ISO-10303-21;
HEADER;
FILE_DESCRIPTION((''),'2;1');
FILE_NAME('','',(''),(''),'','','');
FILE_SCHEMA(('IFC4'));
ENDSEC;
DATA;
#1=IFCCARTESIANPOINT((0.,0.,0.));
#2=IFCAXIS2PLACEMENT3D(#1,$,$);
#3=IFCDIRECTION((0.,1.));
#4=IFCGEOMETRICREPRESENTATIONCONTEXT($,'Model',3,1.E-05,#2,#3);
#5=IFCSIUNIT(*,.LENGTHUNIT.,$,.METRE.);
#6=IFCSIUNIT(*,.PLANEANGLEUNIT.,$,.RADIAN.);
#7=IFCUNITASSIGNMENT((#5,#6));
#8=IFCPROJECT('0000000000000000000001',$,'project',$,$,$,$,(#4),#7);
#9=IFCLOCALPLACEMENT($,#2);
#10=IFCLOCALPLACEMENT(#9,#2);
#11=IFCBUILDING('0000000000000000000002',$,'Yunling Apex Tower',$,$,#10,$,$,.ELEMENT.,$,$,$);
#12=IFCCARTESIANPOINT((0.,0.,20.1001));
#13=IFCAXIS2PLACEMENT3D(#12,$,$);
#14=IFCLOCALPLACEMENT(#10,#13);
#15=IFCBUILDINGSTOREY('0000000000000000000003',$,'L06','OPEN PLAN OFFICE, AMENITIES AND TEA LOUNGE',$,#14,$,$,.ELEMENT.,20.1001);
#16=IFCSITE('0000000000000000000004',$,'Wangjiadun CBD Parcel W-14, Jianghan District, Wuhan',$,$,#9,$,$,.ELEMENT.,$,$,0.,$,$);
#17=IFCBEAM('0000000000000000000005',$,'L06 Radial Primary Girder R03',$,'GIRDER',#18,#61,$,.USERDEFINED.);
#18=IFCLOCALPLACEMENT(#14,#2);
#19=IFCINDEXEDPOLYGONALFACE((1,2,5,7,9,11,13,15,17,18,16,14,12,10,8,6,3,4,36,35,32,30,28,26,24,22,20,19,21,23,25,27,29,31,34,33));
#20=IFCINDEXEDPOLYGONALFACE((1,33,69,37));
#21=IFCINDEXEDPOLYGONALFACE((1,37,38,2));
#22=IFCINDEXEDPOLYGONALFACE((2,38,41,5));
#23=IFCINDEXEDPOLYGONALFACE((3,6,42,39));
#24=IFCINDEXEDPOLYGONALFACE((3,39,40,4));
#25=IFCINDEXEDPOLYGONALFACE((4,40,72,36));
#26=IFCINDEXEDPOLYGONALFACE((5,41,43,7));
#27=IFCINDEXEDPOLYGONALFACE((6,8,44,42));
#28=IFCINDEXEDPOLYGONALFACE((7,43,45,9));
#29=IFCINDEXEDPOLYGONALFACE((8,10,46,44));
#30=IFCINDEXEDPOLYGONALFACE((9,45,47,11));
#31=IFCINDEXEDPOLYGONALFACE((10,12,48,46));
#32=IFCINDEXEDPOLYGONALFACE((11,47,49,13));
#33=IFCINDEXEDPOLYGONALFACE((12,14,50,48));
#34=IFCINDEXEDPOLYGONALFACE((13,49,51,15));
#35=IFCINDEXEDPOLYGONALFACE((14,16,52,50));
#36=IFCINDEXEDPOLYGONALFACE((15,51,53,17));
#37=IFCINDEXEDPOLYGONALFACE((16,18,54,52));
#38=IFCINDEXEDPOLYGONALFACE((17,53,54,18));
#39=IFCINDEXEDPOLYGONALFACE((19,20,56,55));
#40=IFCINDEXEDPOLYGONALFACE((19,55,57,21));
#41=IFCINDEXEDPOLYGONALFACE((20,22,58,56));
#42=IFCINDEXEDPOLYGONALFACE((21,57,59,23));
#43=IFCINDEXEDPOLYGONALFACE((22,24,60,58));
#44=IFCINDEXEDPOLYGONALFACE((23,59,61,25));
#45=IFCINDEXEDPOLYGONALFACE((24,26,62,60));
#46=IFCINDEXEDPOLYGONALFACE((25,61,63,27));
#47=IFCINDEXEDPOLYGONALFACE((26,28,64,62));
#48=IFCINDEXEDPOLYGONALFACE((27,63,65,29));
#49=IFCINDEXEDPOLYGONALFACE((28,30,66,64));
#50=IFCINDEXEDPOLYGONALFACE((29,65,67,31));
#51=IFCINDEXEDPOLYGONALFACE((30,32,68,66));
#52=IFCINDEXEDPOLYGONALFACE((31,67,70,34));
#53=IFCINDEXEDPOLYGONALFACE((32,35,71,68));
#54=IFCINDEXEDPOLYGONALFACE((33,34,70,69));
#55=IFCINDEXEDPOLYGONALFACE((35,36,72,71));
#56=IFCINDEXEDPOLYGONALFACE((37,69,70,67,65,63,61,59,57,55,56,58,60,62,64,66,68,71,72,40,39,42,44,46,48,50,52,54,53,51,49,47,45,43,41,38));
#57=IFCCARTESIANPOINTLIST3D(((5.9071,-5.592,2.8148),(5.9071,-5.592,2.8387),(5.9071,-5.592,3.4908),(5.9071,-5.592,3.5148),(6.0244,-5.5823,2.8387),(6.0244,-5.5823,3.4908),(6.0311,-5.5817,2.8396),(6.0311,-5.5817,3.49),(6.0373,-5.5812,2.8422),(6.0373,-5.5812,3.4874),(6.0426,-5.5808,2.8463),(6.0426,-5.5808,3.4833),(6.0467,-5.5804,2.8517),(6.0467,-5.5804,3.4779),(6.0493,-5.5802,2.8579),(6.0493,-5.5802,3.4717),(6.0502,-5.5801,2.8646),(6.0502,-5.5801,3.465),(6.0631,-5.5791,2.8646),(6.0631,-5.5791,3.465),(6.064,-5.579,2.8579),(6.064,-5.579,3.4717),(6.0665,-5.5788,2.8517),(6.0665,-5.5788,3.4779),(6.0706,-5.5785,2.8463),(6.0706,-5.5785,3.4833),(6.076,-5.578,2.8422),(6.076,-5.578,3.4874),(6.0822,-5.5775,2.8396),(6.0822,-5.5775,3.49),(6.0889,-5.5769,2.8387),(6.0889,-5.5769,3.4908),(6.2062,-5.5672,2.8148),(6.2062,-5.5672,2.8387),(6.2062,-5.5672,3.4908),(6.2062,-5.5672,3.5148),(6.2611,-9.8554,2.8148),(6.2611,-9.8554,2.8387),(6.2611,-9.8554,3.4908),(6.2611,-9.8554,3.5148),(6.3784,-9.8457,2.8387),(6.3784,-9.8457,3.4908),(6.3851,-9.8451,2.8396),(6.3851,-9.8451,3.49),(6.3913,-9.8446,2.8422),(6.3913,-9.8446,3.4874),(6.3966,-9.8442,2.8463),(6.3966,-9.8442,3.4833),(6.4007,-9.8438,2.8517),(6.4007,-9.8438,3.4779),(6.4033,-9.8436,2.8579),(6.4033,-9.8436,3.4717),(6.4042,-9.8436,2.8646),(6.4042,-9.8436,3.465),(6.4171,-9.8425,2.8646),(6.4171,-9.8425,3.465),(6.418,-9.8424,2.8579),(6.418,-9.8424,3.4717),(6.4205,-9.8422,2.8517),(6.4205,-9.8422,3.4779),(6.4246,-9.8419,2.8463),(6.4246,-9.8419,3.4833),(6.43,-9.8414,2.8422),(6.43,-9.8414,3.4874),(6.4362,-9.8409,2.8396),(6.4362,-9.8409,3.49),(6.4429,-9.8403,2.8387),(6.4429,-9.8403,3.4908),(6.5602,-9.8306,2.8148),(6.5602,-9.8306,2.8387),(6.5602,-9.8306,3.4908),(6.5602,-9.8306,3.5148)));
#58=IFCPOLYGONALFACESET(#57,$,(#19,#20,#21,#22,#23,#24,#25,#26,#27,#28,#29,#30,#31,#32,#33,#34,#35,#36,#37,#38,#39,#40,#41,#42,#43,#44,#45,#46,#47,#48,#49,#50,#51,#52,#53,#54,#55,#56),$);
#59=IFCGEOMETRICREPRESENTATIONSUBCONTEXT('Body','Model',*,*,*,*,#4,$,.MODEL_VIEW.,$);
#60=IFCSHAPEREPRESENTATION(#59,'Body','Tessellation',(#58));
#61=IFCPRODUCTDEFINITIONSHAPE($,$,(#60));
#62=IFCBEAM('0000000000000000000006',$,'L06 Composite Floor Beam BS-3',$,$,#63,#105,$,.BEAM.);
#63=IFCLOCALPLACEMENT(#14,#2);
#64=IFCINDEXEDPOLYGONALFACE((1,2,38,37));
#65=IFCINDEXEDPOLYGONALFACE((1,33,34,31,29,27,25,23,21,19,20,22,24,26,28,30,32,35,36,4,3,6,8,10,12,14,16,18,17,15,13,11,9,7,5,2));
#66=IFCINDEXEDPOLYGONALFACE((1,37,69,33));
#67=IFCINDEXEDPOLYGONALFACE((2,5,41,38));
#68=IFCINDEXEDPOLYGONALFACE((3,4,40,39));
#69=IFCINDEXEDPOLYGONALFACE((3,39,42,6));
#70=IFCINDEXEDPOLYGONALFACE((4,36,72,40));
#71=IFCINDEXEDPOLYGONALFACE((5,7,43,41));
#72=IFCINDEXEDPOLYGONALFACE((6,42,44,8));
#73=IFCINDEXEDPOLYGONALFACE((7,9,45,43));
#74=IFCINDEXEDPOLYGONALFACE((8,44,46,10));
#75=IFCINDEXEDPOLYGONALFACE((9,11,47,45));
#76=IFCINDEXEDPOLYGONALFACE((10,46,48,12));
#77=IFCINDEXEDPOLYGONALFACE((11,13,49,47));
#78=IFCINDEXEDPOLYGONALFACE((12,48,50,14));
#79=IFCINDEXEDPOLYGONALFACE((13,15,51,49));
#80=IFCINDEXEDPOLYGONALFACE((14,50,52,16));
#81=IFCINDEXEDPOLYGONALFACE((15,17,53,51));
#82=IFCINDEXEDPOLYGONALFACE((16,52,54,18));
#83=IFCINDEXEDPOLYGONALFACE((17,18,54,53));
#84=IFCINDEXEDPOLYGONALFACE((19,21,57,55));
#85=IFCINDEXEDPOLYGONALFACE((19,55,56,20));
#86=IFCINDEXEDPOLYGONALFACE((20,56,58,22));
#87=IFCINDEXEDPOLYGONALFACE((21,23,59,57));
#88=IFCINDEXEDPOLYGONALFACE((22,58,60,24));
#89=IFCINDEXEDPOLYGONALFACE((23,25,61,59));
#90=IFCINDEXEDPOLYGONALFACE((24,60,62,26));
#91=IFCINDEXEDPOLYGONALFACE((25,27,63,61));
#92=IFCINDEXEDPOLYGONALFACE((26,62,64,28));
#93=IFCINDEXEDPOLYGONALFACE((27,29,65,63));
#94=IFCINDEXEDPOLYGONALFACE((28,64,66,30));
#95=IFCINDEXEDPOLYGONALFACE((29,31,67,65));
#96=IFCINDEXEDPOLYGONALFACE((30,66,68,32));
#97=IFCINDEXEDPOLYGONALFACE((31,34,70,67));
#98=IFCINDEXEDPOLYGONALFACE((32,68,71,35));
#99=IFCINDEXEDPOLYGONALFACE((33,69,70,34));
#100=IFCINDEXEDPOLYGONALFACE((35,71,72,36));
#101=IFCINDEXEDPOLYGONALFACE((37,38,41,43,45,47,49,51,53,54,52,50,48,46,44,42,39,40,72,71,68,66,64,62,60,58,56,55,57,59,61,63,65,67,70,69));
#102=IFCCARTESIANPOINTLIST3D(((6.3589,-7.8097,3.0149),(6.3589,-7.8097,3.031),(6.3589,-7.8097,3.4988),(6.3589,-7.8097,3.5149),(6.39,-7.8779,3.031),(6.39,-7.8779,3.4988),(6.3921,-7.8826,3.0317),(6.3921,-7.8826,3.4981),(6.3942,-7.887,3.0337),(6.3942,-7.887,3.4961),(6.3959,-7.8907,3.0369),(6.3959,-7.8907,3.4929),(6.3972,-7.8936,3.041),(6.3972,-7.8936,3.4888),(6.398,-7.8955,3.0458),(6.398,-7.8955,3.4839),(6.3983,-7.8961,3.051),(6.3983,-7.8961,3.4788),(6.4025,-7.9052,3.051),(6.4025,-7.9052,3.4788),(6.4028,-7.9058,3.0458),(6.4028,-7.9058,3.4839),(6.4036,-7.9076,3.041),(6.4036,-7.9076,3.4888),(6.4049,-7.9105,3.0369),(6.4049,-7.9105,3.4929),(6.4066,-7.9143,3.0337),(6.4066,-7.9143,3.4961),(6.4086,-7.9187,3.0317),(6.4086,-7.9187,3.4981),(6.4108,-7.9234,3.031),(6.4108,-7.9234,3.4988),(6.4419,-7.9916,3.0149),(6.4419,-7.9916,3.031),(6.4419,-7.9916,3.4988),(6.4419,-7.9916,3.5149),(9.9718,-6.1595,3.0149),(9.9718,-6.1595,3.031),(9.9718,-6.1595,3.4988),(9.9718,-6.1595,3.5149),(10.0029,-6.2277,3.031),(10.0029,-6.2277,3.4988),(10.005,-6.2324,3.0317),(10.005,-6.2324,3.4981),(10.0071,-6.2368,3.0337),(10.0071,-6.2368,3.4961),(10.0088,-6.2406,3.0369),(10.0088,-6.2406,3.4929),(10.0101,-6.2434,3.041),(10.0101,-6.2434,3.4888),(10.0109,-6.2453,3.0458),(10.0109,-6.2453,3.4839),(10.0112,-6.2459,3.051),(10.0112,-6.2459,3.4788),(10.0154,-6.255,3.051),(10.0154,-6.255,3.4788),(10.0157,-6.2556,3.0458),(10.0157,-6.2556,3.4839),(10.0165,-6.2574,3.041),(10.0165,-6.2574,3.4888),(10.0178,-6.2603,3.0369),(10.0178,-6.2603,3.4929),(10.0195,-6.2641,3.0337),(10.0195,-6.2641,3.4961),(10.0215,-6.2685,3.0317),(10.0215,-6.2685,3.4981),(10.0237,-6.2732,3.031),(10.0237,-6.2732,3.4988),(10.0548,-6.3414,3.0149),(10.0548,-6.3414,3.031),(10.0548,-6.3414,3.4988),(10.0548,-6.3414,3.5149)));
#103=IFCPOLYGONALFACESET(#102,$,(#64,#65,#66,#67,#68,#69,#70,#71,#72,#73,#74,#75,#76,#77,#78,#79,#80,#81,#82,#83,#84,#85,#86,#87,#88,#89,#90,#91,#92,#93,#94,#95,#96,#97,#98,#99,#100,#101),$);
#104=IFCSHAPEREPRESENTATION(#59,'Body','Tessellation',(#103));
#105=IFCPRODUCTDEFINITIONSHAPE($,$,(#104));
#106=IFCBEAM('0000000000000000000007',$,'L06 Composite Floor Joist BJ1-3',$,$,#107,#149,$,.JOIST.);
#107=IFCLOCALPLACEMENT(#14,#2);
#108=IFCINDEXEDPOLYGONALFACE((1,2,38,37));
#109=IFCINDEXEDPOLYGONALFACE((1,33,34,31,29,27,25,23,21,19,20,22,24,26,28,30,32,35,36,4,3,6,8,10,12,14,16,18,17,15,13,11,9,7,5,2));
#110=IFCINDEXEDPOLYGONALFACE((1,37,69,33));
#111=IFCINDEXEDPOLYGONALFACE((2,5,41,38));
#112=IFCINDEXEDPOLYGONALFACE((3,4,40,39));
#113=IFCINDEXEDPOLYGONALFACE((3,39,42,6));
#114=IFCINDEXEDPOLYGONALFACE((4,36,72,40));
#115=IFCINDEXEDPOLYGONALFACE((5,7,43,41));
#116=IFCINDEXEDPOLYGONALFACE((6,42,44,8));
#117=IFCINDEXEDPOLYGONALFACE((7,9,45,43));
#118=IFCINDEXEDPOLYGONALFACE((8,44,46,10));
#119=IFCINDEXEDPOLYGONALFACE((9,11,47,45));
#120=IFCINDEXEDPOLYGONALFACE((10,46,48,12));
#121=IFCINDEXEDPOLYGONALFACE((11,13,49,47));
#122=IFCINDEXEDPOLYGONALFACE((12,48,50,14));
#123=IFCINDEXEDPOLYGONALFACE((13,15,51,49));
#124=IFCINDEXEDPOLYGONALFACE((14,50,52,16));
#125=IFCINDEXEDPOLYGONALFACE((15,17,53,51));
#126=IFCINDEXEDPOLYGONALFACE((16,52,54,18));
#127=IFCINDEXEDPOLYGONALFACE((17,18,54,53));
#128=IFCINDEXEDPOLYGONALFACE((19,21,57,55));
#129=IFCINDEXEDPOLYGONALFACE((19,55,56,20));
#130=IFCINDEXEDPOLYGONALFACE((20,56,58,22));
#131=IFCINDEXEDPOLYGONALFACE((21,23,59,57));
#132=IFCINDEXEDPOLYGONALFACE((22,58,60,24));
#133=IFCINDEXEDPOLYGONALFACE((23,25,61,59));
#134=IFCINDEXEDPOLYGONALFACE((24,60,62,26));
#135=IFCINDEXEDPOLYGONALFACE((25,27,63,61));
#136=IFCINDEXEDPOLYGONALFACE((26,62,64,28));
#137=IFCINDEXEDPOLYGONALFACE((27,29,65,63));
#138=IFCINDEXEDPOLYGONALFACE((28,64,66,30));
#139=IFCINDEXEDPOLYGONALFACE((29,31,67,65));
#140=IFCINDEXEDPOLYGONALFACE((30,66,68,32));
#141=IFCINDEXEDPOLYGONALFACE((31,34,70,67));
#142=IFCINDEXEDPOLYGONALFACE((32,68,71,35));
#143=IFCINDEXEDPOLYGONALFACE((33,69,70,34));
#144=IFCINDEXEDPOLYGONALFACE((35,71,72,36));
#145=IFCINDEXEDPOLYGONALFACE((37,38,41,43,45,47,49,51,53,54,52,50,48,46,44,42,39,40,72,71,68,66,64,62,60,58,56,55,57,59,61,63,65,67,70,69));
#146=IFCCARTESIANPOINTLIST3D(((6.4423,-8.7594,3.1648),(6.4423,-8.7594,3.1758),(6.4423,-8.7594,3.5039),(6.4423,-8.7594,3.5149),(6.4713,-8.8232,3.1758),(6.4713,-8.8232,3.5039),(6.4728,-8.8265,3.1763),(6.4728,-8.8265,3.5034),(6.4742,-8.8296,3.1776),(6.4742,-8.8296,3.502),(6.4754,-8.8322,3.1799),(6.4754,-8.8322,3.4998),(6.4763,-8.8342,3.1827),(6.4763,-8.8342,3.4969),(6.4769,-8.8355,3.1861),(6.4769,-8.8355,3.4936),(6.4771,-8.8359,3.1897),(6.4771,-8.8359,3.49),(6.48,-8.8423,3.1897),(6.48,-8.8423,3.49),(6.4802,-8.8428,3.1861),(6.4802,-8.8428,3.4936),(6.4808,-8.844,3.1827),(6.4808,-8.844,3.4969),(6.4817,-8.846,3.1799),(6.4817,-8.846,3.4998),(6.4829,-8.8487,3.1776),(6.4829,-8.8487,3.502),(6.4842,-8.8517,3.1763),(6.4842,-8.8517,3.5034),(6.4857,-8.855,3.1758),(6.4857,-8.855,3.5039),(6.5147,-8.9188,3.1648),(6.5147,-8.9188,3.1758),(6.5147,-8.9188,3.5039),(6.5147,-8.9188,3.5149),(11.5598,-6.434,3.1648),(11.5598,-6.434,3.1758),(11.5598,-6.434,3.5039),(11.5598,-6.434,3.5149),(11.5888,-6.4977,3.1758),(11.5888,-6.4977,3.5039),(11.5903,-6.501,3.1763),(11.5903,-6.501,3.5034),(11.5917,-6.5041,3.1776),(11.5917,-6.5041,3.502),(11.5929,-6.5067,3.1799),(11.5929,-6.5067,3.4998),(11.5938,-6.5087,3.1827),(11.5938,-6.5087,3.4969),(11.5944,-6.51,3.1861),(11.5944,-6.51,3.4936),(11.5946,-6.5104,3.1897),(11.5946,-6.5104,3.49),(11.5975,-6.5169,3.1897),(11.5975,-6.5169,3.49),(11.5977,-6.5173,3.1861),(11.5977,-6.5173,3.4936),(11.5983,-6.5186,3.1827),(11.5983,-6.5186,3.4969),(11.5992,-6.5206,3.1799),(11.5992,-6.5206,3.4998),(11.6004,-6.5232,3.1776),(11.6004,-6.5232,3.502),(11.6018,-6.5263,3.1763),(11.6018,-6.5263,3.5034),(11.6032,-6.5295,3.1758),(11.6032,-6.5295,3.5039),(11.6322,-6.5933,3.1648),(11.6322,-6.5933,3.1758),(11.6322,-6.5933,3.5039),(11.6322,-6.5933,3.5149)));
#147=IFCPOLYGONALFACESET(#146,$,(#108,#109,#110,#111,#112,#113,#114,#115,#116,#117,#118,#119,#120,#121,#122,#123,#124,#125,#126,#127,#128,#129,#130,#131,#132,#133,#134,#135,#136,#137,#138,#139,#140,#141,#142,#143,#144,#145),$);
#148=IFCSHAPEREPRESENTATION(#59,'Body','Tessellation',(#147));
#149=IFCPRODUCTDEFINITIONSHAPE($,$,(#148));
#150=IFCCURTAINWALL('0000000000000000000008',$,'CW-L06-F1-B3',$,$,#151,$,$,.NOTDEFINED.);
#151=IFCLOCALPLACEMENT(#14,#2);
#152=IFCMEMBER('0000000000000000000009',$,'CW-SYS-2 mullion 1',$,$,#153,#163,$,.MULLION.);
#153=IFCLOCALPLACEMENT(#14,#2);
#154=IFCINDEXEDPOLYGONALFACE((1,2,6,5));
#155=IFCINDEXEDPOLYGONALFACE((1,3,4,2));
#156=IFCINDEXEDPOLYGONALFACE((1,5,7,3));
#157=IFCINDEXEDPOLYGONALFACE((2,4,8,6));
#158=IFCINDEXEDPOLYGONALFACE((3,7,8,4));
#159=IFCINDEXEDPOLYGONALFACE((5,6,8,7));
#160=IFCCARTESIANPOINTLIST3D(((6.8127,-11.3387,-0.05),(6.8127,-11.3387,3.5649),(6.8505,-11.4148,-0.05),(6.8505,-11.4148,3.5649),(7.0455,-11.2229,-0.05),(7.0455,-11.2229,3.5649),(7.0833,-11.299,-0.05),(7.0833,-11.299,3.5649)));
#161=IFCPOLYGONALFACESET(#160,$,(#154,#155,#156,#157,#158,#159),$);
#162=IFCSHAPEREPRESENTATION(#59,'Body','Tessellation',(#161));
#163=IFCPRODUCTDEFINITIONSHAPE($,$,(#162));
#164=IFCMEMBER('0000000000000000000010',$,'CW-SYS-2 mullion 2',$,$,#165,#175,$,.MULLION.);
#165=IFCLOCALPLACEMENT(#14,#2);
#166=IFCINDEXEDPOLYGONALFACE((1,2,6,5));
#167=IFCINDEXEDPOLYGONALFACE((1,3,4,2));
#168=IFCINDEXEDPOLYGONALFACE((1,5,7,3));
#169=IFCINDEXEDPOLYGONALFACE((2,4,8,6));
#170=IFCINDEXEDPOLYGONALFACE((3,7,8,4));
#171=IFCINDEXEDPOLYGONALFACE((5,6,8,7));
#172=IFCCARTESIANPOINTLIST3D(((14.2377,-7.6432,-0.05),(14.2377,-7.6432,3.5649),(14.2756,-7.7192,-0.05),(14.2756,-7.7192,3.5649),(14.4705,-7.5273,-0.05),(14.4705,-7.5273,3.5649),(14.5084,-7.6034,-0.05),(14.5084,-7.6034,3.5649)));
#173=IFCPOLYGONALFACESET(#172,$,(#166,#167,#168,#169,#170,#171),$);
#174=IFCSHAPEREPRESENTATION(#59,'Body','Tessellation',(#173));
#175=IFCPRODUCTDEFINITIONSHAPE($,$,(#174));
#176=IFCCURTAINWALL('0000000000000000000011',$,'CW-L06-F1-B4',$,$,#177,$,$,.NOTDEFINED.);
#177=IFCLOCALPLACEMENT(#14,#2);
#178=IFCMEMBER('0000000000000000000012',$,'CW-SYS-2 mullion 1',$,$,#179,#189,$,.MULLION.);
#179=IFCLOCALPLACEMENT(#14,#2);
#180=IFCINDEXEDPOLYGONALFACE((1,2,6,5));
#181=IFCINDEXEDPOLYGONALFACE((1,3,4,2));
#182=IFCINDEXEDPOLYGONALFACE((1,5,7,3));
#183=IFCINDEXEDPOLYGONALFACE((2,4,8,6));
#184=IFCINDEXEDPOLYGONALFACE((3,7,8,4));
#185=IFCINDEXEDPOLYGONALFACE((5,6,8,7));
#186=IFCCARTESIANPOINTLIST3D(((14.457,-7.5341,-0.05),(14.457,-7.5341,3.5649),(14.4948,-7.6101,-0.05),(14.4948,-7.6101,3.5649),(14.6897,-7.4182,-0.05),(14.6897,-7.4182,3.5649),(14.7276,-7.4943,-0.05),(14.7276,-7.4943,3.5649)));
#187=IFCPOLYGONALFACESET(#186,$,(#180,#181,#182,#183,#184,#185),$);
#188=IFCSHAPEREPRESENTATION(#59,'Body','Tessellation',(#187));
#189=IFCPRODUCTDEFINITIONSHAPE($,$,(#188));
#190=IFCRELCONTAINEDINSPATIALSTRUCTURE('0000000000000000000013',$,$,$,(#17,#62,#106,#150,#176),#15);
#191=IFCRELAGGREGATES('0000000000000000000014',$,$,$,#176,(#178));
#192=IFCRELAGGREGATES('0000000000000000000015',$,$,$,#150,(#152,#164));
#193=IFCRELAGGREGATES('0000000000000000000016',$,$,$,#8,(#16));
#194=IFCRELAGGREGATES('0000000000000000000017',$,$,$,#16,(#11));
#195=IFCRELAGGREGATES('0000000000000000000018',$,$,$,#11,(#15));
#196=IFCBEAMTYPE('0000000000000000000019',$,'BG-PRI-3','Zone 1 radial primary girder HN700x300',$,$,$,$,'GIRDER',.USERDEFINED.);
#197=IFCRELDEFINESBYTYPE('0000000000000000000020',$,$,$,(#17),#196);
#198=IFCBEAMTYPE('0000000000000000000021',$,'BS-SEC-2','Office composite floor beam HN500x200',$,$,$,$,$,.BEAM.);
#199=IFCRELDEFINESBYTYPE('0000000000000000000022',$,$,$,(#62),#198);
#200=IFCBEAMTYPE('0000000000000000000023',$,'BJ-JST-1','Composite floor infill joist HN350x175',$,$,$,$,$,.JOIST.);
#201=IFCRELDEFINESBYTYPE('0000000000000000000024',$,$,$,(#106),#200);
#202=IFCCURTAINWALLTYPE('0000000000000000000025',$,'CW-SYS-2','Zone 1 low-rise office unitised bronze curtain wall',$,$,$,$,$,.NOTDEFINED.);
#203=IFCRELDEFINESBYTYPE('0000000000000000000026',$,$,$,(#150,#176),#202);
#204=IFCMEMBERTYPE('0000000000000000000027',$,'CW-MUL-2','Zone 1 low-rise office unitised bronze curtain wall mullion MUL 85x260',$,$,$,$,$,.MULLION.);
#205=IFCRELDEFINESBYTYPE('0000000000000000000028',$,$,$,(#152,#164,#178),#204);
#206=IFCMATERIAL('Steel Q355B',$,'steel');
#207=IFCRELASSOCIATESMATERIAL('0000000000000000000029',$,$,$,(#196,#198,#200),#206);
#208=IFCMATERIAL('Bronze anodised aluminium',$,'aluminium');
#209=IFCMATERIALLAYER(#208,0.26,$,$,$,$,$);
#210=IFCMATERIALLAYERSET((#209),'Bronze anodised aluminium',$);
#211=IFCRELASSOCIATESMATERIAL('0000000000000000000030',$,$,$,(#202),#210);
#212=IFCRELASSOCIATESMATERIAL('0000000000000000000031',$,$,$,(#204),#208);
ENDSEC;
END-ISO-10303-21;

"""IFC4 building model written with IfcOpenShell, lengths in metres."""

from ifc_helpers import new_model, si_unit, direction, frame, origin, origin_2d, place, context, subcontext, project, spatial, rectangle, i_section, extrude, source, transform, mapped, material, layer, layer_set, material_profile, profile_set, type_object, element, aggregate, save


model = new_model("IFC4")

# Units and contexts
model_context = context("Model", 3, precision=1e-05, world=origin(), true_north=direction((0.0, 1.0)))
body_context = subcontext(model_context, "Body", "Model", "MODEL_VIEW")
ifc_project = project(units=[si_unit("LENGTHUNIT", "METRE"), si_unit("PLANEANGLEUNIT", "RADIAN")], contexts=[model_context])

# Site, building, storey
site_placement = place(None, origin())
site = spatial("IfcSite", under=ifc_project, at=site_placement, Name="Wangjiadun CBD Parcel W-14, Jianghan District, Wuhan", CompositionType="ELEMENT", RefElevation=0.0)
building_placement = place(site_placement, origin())
building = spatial("IfcBuilding", under=site, at=building_placement, Name="Yunling Apex Tower", CompositionType="ELEMENT")
storey_placement = place(building_placement, frame((0.0, 0.0, 20.1001)))
storey = spatial("IfcBuildingStorey", under=building, at=storey_placement, Name="L06", Description="OPEN PLAN OFFICE, AMENITIES AND TEA LOUNGE", CompositionType="ELEMENT", Elevation=20.1001)

# Beams
ifc_material_1 = material(Name="Steel Q355B", Category="steel")
ifc_material_profile_1 = material_profile(ifc_material_1, i_section(OverallWidth=0.3, OverallDepth=0.7, WebThickness=0.0129, FlangeThickness=0.0239, FilletRadius=0.0259, at=origin_2d()))
ifc_profile_set_1 = profile_set([ifc_material_profile_1], Name="Steel Q355B")
beam_type_1 = type_object("IfcBeamType", Name="BG-PRI-3", Description="Zone 1 radial primary girder HN700x300", ElementType="GIRDER", PredefinedType="USERDEFINED", material=ifc_profile_set_1)
shared_shape_1 = source(origin(), body_context, "Body", "SweptSolid", [
    extrude(i_section(OverallWidth=0.3, OverallDepth=0.7, WebThickness=0.0129, FlangeThickness=0.0239, FilletRadius=0.0259, at=origin_2d()), origin(), (0.0, 0.0, 1.0), 4.2781),
])
beam_1_placement = place(storey_placement, frame((6.4106, -9.843, 3.1648), z_axis=(-0.082748, 0.996571, 0.0), x_axis=(-0.996571, -0.082748, 0.0)))
element("IfcBeam", 1, at=beam_1_placement, inside=storey, type_object=beam_type_1, Name="L06 Radial Primary Girder R03", ObjectType="GIRDER", PredefinedType="USERDEFINED", context=body_context, shape_type="MappedRepresentation", body=[
    mapped(shared_shape_1, transform((0.0, 0.0, 0.0), scale=1.0)),
])
ifc_material_profile_2 = material_profile(ifc_material_1, i_section(OverallWidth=0.2, OverallDepth=0.5, WebThickness=0.01, FlangeThickness=0.0161, FilletRadius=0.02, at=origin_2d()))
ifc_profile_set_2 = profile_set([ifc_material_profile_2], Name="Steel Q355B")
beam_type_2 = type_object("IfcBeamType", Name="BS-SEC-2", Description="Office composite floor beam HN500x200", PredefinedType="BEAM", material=ifc_profile_set_2)
shared_shape_2 = source(origin(), body_context, "Body", "SweptSolid", [
    extrude(i_section(OverallWidth=0.2, OverallDepth=0.5, WebThickness=0.01, FlangeThickness=0.0161, FilletRadius=0.02, at=origin_2d()), origin(), (0.0, 0.0, 1.0), 3.9719),
])
beam_2_placement = place(storey_placement, frame((6.4004, -7.9006, 3.2649), z_axis=(0.909609, 0.415465, 0.0), x_axis=(-0.415465, 0.909609, 0.0)))
element("IfcBeam", 2, at=beam_2_placement, inside=storey, type_object=beam_type_2, Name="L06 Composite Floor Beam BS-3", PredefinedType="BEAM", context=body_context, shape_type="MappedRepresentation", body=[
    mapped(shared_shape_2, transform((0.0, 0.0, 0.0), scale=1.0)),
])
ifc_material_profile_3 = material_profile(ifc_material_1, i_section(OverallWidth=0.175, OverallDepth=0.3501, WebThickness=0.0071, FlangeThickness=0.011, FilletRadius=0.0139, at=origin_2d()))
ifc_profile_set_3 = profile_set([ifc_material_profile_3], Name="Steel Q355B")
beam_type_3 = type_object("IfcBeamType", Name="BJ-JST-1", Description="Composite floor infill joist HN350x175", PredefinedType="JOIST", material=ifc_profile_set_3)
shared_shape_3 = source(origin(), body_context, "Body", "SweptSolid", [
    extrude(i_section(OverallWidth=0.175, OverallDepth=0.3501, WebThickness=0.0071, FlangeThickness=0.011, FilletRadius=0.0139, at=origin_2d()), origin(), (0.0, 0.0, 1.0), 5.6211),
])
beam_3_placement = place(storey_placement, frame((6.4785, -8.8391, 3.3398), z_axis=(0.910411, 0.413705, 0.0), x_axis=(-0.413705, 0.910411, 0.0)))
element("IfcBeam", 3, at=beam_3_placement, inside=storey, type_object=beam_type_3, Name="L06 Composite Floor Joist BJ1-3", PredefinedType="JOIST", context=body_context, shape_type="MappedRepresentation", body=[
    mapped(shared_shape_3, transform((0.0, 0.0, 0.0), scale=1.0)),
])

# Curtain wall, members
ifc_material_2 = material(Name="Bronze anodised aluminium", Category="aluminium")
ifc_layer_1 = layer(ifc_material_2, 0.26)
ifc_layer_set_1 = layer_set([ifc_layer_1], Name="Bronze anodised aluminium")
curtain_wall_type = type_object("IfcCurtainWallType", Name="CW-SYS-2", Description="Zone 1 low-rise office unitised bronze curtain wall", PredefinedType="NOTDEFINED", material=ifc_layer_set_1)
curtain_wall_1_placement = place(storey_placement, origin())
curtain_wall_1 = element("IfcCurtainWall", 4, at=curtain_wall_1_placement, inside=storey, type_object=curtain_wall_type, Name="CW-L06-F1-B3", PredefinedType="NOTDEFINED")
ifc_material_profile_4 = material_profile(ifc_material_2, rectangle(XDim=0.085, YDim=0.26, at=origin_2d()))
ifc_profile_set_4 = profile_set([ifc_material_profile_4], Name="Bronze anodised aluminium")
member_type_1 = type_object("IfcMemberType", Name="CW-MUL-2", Description="Zone 1 low-rise office unitised bronze curtain wall mullion MUL 85x260", PredefinedType="MULLION", material=ifc_profile_set_4)
shared_shape_4 = source(origin(), body_context, "Body", "SweptSolid", [
    extrude(rectangle(XDim=0.085, YDim=0.26, at=origin_2d()), origin(), (0.0, 0.0, 1.0), 3.615),
])
member_1_placement = place(storey_placement, frame((6.948, -11.3188, -0.05), z_axis=(0.0, 0.0, 1.0), x_axis=(-0.445571, 0.895247, 0.0)))
member_1 = element("IfcMember", 5, at=member_1_placement, type_object=member_type_1, Name="CW-SYS-2 mullion 1", PredefinedType="MULLION", context=body_context, shape_type="MappedRepresentation", body=[
    mapped(shared_shape_4, transform((0.0, 0.0, 0.0), scale=1.0)),
])
member_2_placement = place(storey_placement, frame((14.373, -7.6233, -0.05), z_axis=(0.0, 0.0, 1.0), x_axis=(-0.445571, 0.895247, 0.0)))
member_2 = element("IfcMember", 6, at=member_2_placement, type_object=member_type_1, Name="CW-SYS-2 mullion 2", PredefinedType="MULLION", context=body_context, shape_type="MappedRepresentation", body=[
    mapped(shared_shape_4, transform((0.0, 0.0, 0.0), scale=1.0)),
])

# Curtain wall, member
curtain_wall_2_placement = place(storey_placement, origin())
curtain_wall_2 = element("IfcCurtainWall", 7, at=curtain_wall_2_placement, inside=storey, type_object=curtain_wall_type, Name="CW-L06-F1-B4", PredefinedType="NOTDEFINED")
member_3_placement = place(storey_placement, frame((14.5923, -7.5142, -0.05), z_axis=(0.0, 0.0, 1.0), x_axis=(-0.44558, 0.895242, 0.0)))
member_3 = element("IfcMember", 8, at=member_3_placement, type_object=member_type_1, Name="CW-SYS-2 mullion 1", PredefinedType="MULLION", context=body_context, shape_type="MappedRepresentation", body=[
    mapped(shared_shape_4, transform((0.0, 0.0, 0.0), scale=1.0)),
])

aggregate(curtain_wall_2, [member_3])

aggregate(curtain_wall_1, [member_1, member_2])

save(model, "model.ifc")
